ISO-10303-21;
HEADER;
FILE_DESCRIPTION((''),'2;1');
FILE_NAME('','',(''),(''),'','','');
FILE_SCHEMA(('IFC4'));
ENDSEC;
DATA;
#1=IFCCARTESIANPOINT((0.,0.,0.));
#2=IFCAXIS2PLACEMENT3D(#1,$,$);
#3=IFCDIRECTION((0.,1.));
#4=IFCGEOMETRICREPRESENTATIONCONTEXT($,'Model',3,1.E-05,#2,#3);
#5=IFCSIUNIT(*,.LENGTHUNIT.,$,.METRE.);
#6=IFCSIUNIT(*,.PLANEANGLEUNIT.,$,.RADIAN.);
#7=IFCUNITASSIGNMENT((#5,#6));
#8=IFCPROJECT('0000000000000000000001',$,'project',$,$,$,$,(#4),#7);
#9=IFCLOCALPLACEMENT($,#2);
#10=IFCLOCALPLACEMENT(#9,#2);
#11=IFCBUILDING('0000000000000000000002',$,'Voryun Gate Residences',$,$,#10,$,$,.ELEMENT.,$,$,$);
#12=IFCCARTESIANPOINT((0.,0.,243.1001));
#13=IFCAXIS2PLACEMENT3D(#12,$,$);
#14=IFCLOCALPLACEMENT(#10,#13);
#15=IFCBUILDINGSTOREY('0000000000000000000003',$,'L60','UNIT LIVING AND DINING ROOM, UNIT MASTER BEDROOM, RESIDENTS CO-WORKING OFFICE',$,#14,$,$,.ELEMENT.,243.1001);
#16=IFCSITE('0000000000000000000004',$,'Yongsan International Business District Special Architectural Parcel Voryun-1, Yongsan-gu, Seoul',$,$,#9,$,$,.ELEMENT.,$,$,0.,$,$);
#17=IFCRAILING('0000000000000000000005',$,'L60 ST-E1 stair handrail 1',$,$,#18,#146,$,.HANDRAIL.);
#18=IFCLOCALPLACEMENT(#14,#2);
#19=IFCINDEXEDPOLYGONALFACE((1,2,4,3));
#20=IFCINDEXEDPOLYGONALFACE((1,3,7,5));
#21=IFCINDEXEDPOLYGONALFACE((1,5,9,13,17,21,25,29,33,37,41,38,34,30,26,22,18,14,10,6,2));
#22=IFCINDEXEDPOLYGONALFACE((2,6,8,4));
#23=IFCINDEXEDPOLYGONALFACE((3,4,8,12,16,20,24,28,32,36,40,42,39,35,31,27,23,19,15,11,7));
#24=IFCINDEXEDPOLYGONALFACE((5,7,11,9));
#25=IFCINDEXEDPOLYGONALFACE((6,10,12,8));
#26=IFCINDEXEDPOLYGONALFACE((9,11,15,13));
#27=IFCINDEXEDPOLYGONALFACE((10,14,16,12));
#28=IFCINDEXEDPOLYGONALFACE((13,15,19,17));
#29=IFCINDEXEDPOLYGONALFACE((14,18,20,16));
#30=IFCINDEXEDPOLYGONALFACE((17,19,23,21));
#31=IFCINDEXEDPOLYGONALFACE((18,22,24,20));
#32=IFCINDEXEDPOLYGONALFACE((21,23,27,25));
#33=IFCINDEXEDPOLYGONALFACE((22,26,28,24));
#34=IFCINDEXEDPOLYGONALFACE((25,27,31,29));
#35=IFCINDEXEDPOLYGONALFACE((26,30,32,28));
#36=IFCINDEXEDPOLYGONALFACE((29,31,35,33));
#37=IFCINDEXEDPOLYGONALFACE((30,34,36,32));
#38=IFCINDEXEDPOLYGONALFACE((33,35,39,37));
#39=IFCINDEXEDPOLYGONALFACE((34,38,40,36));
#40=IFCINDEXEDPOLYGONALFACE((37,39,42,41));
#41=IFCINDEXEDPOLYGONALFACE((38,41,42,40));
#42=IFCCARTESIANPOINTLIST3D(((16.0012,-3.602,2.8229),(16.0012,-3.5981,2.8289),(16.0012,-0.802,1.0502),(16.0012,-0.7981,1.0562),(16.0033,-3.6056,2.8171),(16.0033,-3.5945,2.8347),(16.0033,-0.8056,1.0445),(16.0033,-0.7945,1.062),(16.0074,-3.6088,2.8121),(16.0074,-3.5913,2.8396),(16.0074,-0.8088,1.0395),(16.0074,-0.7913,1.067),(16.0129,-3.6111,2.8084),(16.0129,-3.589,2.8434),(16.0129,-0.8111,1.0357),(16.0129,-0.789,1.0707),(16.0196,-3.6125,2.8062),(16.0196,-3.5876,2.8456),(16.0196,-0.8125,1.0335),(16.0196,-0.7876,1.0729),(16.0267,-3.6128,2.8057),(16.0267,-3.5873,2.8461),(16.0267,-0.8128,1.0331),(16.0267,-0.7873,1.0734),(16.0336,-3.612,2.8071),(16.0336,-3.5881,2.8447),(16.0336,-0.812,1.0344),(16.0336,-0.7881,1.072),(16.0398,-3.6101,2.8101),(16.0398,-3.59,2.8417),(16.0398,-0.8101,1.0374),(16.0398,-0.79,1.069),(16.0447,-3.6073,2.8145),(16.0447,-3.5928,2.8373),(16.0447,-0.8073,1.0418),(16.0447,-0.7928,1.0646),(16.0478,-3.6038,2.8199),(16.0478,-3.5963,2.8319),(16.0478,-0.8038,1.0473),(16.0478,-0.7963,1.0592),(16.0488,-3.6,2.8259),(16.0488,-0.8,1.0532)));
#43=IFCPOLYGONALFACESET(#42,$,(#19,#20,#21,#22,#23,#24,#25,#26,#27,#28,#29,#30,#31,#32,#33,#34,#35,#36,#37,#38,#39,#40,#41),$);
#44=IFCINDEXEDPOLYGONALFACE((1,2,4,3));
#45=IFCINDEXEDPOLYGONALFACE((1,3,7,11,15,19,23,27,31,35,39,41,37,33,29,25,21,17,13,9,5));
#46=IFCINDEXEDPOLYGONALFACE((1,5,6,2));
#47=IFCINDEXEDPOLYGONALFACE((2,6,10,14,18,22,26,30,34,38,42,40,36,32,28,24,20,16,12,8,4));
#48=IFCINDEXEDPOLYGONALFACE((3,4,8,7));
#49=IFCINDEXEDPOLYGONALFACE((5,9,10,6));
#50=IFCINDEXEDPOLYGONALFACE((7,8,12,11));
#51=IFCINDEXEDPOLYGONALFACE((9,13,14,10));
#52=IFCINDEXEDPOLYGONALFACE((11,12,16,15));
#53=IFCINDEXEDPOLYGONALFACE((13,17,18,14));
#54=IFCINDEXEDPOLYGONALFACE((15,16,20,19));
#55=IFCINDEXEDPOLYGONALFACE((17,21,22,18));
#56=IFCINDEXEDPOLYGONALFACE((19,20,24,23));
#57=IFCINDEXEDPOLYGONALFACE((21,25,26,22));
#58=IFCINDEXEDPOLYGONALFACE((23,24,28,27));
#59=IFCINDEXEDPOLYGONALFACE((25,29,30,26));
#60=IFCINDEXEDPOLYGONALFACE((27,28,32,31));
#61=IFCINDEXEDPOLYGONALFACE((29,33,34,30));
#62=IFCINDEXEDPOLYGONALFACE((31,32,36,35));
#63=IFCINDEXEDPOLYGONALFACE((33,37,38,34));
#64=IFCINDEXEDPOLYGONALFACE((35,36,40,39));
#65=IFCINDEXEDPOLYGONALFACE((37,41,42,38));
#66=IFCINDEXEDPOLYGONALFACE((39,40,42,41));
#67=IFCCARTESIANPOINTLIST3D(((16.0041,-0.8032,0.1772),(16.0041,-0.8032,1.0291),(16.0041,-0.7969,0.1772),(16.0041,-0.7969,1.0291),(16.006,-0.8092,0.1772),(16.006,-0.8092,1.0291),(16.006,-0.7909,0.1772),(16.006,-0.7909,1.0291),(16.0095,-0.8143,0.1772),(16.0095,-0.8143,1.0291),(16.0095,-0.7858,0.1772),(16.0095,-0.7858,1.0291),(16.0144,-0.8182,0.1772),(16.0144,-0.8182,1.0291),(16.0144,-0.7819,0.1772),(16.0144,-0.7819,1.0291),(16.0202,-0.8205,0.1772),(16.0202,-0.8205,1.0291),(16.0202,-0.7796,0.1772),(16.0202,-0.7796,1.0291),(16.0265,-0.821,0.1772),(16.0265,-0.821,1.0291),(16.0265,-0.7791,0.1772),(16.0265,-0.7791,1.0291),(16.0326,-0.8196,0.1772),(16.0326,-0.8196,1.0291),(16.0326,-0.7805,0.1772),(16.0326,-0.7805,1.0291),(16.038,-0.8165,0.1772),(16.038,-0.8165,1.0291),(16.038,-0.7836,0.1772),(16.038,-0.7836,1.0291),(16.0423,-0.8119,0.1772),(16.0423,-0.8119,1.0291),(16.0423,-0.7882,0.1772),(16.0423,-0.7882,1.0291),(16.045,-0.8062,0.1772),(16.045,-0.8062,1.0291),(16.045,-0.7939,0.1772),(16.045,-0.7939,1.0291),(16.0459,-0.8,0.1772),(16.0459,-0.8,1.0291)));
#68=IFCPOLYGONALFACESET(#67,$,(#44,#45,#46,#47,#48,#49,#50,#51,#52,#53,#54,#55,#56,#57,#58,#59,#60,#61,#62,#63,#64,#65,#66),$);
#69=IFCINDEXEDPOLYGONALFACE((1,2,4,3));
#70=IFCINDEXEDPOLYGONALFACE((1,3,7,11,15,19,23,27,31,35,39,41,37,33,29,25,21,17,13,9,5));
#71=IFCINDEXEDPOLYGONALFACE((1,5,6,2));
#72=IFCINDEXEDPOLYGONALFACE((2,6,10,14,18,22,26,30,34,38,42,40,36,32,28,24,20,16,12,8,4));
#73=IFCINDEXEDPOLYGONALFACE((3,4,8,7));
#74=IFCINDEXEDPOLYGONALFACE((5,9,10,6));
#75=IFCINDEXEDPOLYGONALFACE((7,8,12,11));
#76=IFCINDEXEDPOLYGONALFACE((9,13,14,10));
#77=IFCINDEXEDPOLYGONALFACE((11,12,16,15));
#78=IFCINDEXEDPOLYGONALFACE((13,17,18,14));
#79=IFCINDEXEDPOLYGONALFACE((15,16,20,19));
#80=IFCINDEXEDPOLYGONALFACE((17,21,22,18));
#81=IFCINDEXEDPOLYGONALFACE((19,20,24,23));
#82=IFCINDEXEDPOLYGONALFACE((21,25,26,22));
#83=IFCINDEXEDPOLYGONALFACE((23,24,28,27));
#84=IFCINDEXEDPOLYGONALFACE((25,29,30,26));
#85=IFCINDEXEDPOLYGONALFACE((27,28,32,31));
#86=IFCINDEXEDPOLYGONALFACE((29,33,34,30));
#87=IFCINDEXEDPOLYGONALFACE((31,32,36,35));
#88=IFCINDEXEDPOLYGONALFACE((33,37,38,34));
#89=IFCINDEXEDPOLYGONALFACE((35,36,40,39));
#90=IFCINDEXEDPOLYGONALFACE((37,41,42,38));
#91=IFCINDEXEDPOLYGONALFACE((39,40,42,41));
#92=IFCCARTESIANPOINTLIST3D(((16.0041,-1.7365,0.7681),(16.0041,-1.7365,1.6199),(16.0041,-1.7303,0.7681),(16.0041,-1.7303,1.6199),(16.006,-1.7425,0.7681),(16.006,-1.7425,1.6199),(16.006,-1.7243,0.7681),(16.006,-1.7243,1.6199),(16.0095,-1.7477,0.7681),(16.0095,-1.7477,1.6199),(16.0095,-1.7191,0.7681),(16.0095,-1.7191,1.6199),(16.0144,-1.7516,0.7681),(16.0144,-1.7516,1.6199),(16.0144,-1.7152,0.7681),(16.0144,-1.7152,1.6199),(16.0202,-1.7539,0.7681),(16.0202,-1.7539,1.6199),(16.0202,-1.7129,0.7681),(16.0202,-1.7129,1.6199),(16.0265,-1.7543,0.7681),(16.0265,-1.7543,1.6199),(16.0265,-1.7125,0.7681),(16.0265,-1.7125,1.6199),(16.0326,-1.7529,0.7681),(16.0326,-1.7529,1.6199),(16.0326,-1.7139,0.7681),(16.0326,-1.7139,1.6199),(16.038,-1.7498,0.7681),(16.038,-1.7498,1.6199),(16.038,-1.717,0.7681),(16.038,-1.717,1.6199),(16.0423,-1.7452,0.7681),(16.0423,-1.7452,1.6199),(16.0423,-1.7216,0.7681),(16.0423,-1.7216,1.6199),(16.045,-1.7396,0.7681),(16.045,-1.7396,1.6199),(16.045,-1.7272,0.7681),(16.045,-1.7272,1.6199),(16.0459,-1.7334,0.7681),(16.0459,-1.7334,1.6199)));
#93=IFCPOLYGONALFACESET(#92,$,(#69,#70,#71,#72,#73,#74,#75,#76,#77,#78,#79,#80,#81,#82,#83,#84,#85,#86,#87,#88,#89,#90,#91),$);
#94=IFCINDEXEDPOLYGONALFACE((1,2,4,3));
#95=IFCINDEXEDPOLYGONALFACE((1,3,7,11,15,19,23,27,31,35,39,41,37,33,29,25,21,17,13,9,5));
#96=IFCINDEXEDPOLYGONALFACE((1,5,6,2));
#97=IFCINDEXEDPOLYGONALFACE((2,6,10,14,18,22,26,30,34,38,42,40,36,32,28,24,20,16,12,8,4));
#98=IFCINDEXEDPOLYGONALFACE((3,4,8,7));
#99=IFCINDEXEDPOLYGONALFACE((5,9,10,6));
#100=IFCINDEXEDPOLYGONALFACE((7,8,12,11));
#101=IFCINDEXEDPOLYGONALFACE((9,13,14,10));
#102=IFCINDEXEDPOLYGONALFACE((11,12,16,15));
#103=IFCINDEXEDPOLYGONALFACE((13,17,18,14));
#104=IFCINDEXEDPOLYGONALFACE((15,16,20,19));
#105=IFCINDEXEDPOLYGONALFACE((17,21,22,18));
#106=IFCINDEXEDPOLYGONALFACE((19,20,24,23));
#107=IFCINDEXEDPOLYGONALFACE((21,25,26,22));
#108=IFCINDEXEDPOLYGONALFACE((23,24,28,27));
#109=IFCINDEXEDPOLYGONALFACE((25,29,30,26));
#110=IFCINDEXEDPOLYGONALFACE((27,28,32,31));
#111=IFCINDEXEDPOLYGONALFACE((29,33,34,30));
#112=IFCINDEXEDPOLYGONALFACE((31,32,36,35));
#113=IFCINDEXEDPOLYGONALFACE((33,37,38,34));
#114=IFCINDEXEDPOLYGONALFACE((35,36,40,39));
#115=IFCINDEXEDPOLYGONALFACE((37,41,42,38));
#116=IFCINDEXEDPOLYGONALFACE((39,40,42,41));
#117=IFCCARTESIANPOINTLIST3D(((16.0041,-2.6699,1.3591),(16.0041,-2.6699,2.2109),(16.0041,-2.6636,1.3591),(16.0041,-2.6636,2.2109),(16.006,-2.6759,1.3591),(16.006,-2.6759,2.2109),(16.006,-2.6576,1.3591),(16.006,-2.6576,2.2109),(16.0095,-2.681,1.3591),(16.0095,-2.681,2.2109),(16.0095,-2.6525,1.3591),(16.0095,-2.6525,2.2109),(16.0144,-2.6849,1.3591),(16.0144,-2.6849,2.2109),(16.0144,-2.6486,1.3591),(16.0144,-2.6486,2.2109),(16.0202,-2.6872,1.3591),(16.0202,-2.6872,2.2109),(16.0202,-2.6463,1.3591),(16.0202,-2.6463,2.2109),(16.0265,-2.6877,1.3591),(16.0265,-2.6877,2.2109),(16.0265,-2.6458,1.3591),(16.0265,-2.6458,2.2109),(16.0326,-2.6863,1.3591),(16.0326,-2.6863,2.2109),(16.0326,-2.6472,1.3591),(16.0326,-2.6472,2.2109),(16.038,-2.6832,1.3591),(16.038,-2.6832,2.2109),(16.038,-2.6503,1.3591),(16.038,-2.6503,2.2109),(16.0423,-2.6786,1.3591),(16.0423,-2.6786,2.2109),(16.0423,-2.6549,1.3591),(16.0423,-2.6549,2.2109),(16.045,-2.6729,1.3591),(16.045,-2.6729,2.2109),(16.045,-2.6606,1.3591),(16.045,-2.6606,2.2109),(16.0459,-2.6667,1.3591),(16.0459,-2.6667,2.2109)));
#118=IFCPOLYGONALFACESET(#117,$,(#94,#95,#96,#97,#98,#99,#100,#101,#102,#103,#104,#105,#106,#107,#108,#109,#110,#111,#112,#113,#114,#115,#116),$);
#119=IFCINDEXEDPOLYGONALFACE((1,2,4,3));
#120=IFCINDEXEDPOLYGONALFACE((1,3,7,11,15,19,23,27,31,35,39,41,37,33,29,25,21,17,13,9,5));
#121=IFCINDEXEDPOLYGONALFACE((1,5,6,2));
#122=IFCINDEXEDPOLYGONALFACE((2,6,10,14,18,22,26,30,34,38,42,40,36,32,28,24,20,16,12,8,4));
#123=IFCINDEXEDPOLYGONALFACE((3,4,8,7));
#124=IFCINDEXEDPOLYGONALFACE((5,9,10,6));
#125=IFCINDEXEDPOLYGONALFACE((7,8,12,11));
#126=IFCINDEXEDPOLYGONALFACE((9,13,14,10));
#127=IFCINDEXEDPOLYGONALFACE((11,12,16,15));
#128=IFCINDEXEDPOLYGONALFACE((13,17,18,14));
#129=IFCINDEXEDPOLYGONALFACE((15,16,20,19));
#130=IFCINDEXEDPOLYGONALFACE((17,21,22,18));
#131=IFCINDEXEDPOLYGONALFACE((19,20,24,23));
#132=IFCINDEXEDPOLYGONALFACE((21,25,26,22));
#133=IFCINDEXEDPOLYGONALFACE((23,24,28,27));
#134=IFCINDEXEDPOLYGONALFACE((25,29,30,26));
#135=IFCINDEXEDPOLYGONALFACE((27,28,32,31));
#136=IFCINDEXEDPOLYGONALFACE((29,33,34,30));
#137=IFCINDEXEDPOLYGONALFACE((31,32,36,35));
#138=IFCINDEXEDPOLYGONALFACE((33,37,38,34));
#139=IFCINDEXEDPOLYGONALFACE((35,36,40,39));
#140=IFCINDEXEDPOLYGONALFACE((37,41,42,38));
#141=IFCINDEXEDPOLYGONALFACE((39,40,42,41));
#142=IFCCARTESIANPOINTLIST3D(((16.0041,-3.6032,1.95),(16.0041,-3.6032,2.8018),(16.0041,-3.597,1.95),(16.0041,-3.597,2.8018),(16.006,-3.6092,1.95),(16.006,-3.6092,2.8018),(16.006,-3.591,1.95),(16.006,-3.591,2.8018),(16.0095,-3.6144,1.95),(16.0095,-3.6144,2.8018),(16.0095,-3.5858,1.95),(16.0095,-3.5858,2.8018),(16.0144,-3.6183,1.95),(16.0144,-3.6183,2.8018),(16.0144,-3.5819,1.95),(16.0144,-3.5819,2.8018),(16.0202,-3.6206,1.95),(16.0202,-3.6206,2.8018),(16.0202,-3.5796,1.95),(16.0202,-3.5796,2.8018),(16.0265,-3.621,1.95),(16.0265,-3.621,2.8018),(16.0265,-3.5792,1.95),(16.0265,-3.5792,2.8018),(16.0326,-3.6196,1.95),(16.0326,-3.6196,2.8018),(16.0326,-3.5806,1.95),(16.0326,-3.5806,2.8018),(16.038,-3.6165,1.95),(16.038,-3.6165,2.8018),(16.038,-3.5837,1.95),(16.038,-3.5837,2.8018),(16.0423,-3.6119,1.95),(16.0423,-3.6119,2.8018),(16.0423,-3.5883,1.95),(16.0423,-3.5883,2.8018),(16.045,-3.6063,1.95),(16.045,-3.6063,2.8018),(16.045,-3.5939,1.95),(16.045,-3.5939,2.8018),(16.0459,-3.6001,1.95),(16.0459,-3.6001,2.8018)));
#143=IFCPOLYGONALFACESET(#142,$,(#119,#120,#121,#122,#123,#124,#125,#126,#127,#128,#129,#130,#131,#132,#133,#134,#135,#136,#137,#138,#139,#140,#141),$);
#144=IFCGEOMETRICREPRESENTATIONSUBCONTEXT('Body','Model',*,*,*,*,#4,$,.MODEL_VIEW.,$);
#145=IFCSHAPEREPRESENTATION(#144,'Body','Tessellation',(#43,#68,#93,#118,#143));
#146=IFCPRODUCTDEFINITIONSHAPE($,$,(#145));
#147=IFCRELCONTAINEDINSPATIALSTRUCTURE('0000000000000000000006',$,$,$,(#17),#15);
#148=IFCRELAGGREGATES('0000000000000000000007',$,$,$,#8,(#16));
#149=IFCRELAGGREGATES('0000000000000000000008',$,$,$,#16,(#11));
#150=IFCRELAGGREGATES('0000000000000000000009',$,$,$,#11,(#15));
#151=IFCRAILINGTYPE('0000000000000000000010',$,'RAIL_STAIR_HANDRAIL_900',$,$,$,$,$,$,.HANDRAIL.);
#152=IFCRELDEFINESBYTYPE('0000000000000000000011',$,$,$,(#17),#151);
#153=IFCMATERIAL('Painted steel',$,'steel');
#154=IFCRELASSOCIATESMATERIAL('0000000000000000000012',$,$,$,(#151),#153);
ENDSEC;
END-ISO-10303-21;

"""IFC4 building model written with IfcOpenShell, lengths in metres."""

from ifc_helpers import new_model, si_unit, direction, frame, origin, origin_2d, place, context, subcontext, project, spatial, circle, extrude, material, type_object, element, save


model = new_model("IFC4")

# Units and contexts
model_context = context("Model", 3, precision=1e-05, world=origin(), true_north=direction((0.0, 1.0)))
body_context = subcontext(model_context, "Body", "Model", "MODEL_VIEW")
ifc_project = project(units=[si_unit("LENGTHUNIT", "METRE"), si_unit("PLANEANGLEUNIT", "RADIAN")], contexts=[model_context])

# Site, building, storey
site_placement = place(None, origin())
site = spatial("IfcSite", under=ifc_project, at=site_placement, Name="Yongsan International Business District Special Architectural Parcel Voryun-1, Yongsan-gu, Seoul", CompositionType="ELEMENT", RefElevation=0.0)
building_placement = place(site_placement, origin())
building = spatial("IfcBuilding", under=site, at=building_placement, Name="Voryun Gate Residences", CompositionType="ELEMENT")
storey_placement = place(building_placement, frame((0.0, 0.0, 243.1001)))
storey = spatial("IfcBuildingStorey", under=building, at=storey_placement, Name="L60", Description="UNIT LIVING AND DINING ROOM, UNIT MASTER BEDROOM, RESIDENTS CO-WORKING OFFICE", CompositionType="ELEMENT", Elevation=243.1001)

# Railing
ifc_material_1 = material(Name="Painted steel", Category="steel")
railing_type_1 = type_object("IfcRailingType", Name="RAIL_STAIR_HANDRAIL_900", PredefinedType="HANDRAIL", material=ifc_material_1)
railing_1_placement = place(storey_placement, frame((16.0249, -0.8, 0.1772)))
element("IfcRailing", 1, at=railing_1_placement, inside=storey, type_object=railing_type_1, Name="L60 ST-E1 stair handrail 1", PredefinedType="HANDRAIL", context=body_context, shape_type="SweptSolid", body=[
    extrude(circle(Radius=0.0239, at=origin_2d()), frame((0.0, 0.0, 0.876), z_axis=(0.0, -0.844909, 0.53491), x_axis=(1.0, 0.0, 0.0)), (0.0, 0.0, 1.0), 3.314),
    extrude(circle(Radius=0.021, at=origin_2d()), origin(), (0.0, 0.0, 1.0), 0.8518),
    extrude(circle(Radius=0.021, at=origin_2d()), frame((0.0, -0.9333, 0.5908)), (0.0, 0.0, 1.0), 0.8518),
    extrude(circle(Radius=0.021, at=origin_2d()), frame((0.0, -1.8667, 1.1819)), (0.0, 0.0, 1.0), 0.8518),
    extrude(circle(Radius=0.021, at=origin_2d()), frame((0.0, -2.8, 1.7727)), (0.0, 0.0, 1.0), 0.8518),
])

save(model, "model.ifc")
